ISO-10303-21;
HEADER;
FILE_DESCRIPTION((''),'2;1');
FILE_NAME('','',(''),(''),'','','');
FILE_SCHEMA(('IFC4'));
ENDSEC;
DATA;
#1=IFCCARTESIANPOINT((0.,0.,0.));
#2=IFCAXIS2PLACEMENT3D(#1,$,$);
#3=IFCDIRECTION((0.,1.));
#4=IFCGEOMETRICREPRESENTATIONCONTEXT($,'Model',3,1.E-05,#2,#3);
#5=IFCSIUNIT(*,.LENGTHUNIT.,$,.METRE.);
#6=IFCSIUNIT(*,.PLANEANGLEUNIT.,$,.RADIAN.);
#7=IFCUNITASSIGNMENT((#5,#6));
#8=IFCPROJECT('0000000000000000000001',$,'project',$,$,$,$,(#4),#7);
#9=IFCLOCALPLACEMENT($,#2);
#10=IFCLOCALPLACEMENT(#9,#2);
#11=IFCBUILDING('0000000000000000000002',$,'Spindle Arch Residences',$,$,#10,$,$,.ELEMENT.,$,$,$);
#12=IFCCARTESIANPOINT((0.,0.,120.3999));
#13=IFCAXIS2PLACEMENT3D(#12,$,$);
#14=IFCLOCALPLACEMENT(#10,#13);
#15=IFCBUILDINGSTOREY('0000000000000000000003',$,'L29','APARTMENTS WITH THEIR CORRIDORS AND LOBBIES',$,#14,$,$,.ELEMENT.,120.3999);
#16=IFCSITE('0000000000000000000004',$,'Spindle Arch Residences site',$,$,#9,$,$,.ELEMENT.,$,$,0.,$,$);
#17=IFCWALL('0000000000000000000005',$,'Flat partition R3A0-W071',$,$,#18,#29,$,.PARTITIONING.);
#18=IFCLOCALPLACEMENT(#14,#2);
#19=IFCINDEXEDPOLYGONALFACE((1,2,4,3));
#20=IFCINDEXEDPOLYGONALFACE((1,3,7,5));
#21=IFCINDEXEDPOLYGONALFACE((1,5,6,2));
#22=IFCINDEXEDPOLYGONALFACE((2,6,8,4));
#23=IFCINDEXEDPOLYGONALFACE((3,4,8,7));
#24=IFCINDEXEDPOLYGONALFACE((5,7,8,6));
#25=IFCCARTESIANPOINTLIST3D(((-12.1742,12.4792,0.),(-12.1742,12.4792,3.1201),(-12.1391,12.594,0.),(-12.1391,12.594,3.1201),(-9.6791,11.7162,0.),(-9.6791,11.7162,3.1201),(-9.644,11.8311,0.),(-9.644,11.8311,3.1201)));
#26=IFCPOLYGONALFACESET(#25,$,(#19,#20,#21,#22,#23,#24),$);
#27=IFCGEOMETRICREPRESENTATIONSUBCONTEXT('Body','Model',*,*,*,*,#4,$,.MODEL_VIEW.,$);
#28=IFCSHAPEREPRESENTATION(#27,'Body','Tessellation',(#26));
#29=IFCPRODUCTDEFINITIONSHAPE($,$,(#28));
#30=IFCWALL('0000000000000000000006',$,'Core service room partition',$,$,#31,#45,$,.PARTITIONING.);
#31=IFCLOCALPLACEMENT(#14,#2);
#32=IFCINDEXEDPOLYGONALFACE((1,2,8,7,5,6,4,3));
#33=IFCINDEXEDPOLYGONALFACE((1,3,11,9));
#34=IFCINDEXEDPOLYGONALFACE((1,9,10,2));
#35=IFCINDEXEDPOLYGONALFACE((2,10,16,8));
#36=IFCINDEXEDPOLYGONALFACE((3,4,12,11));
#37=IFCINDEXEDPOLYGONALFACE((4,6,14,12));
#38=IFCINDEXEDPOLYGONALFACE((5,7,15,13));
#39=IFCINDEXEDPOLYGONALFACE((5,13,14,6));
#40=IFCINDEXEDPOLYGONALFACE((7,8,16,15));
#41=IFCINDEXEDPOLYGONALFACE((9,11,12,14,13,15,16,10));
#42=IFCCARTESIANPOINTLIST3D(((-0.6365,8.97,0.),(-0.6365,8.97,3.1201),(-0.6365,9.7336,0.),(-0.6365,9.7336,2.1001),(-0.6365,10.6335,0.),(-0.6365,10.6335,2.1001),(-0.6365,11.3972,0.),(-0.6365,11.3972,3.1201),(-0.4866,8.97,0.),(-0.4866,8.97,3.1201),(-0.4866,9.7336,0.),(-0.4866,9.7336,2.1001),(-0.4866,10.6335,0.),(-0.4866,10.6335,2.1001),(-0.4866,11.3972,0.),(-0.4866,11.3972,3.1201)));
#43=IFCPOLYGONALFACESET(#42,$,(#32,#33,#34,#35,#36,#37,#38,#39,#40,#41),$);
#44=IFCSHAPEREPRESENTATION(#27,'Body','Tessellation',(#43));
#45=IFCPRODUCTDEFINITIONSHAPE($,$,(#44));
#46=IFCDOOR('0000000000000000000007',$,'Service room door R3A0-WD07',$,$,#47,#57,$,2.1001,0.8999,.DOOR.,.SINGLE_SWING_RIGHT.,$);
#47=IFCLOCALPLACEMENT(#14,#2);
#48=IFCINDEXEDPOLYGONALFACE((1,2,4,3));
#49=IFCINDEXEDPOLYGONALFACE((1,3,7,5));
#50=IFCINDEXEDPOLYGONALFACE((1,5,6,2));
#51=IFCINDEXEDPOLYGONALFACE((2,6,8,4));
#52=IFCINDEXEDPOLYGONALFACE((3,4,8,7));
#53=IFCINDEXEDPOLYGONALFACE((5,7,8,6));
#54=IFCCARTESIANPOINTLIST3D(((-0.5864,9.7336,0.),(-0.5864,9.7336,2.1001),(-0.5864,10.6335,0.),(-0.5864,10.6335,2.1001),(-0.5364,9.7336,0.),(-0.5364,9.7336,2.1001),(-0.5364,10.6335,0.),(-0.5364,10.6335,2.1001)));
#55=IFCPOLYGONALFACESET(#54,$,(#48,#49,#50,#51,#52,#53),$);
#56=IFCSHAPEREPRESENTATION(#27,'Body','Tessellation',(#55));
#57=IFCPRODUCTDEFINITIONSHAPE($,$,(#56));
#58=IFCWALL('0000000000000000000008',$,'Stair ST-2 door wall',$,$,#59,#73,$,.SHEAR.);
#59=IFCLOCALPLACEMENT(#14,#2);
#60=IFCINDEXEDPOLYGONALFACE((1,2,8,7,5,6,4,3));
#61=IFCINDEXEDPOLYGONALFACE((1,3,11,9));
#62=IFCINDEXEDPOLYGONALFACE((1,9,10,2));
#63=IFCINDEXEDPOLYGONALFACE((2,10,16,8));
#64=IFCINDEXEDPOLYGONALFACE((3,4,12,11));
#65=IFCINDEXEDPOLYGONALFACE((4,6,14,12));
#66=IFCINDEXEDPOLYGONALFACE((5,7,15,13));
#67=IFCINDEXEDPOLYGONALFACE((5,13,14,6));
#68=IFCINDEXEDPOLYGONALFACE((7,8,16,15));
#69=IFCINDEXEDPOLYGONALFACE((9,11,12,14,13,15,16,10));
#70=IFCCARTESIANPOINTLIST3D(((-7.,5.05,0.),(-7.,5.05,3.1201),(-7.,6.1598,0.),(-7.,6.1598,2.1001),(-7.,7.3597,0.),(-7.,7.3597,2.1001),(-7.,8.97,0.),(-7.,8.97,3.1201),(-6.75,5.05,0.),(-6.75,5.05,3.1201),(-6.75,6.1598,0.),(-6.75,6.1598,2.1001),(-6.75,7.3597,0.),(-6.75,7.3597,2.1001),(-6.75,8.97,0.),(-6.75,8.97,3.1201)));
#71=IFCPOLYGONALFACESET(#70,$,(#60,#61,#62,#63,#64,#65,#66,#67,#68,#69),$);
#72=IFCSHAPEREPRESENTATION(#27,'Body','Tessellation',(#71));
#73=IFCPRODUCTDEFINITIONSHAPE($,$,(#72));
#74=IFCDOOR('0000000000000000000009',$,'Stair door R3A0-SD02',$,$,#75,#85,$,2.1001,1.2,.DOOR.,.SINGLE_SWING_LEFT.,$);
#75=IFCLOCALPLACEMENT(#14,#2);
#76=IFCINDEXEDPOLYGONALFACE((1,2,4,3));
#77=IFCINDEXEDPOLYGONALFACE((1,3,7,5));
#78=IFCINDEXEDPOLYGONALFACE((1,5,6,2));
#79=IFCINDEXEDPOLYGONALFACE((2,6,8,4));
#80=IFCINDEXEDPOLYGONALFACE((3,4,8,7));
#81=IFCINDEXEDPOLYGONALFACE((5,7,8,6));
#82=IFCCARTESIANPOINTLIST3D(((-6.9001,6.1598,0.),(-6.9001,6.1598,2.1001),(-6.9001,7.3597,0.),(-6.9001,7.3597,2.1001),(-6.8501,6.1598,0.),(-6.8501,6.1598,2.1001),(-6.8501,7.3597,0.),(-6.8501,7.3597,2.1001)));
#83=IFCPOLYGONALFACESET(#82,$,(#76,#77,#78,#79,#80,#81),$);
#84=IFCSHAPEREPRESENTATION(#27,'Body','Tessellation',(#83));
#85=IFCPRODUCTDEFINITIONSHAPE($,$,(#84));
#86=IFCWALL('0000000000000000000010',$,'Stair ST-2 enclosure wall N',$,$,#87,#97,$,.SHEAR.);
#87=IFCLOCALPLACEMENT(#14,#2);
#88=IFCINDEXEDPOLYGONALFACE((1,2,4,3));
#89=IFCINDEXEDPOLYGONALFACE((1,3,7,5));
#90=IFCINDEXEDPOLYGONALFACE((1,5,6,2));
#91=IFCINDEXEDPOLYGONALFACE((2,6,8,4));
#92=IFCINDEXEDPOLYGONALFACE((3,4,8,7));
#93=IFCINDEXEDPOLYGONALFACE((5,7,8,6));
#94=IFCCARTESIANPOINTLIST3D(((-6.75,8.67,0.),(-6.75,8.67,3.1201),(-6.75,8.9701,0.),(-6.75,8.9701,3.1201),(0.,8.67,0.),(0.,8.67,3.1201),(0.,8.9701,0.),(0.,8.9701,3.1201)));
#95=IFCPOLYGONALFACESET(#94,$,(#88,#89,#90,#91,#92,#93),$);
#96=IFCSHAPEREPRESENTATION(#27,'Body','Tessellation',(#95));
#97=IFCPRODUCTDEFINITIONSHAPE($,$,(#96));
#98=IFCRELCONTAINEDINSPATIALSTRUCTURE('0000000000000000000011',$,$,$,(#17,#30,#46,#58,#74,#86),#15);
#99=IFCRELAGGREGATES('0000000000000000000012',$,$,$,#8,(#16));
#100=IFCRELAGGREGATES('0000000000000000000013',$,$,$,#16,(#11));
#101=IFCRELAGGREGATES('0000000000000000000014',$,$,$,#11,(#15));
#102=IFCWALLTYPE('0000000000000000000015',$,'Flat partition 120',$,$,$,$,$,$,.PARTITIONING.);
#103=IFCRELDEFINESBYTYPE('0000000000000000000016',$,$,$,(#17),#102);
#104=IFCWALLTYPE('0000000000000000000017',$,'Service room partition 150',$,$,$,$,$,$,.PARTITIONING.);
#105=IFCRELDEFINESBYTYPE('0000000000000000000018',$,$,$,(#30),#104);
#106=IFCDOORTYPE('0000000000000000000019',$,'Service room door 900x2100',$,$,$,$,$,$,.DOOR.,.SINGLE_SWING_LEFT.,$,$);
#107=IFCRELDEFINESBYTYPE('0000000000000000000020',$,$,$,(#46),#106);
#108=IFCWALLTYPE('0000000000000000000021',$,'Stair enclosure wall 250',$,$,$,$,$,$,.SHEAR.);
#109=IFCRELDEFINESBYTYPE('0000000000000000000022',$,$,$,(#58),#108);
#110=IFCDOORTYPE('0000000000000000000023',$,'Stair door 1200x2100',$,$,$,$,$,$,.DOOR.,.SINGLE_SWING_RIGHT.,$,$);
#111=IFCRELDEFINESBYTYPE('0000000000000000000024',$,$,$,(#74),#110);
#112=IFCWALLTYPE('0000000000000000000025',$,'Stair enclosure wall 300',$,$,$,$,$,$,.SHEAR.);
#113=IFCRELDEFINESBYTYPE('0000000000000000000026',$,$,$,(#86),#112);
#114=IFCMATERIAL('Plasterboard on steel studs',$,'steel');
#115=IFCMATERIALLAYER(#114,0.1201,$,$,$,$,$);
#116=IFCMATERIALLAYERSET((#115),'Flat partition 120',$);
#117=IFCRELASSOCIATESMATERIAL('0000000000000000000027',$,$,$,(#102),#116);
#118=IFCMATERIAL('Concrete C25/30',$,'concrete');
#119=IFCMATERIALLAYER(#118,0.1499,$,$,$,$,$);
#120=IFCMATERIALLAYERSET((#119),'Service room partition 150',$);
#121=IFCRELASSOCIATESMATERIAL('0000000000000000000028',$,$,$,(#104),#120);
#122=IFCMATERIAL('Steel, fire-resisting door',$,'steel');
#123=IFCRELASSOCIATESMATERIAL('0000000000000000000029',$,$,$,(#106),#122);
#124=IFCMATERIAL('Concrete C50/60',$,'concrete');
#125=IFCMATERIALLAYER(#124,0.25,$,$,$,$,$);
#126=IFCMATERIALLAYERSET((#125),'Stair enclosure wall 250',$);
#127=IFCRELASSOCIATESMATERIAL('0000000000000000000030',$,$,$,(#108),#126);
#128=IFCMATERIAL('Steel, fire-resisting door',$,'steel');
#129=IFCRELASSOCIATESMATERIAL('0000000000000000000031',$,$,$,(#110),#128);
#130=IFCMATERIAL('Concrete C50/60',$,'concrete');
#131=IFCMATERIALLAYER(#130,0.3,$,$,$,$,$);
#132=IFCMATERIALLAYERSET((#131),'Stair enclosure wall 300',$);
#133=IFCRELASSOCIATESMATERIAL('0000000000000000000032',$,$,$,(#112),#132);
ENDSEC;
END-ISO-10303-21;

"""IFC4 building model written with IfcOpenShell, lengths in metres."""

from ifc_helpers import new_model, si_unit, direction, frame, frame_2d, origin, place, context, subcontext, project, spatial, rectangle, extrude, material, layer, layer_set, type_object, element, fill, save


model = new_model("IFC4")

# Units and contexts
model_context = context("Model", 3, precision=1e-05, world=origin(), true_north=direction((0.0, 1.0)))
body_context = subcontext(model_context, "Body", "Model", "MODEL_VIEW")
ifc_project = project(units=[si_unit("LENGTHUNIT", "METRE"), si_unit("PLANEANGLEUNIT", "RADIAN")], contexts=[model_context])

# Site, building, storey
site_placement = place(None, origin())
site = spatial("IfcSite", under=ifc_project, at=site_placement, Name="Spindle Arch Residences site", CompositionType="ELEMENT", RefElevation=0.0)
building_placement = place(site_placement, origin())
building = spatial("IfcBuilding", under=site, at=building_placement, Name="Spindle Arch Residences", CompositionType="ELEMENT")
storey_placement = place(building_placement, frame((0.0, 0.0, 120.3999)))
storey = spatial("IfcBuildingStorey", under=building, at=storey_placement, Name="L29", Description="APARTMENTS WITH THEIR CORRIDORS AND LOBBIES", CompositionType="ELEMENT", Elevation=120.3999)

# Shared definitions
ifc_material_1 = material(Name="Plasterboard on steel studs", Category="steel")
ifc_layer_1 = layer(ifc_material_1, 0.1201)
ifc_layer_set_1 = layer_set([ifc_layer_1], Name="Flat partition 120")
wall_type_1 = type_object("IfcWallType", Name="Flat partition 120", PredefinedType="PARTITIONING", material=ifc_layer_set_1)

# Wall
wall_1_placement = place(storey_placement, frame((-12.1567, 12.5366, 0.0), z_axis=(0.0, 0.0, 1.0), x_axis=(0.956293, -0.292409, 0.0)))
element("IfcWall", 1, at=wall_1_placement, inside=storey, type_object=wall_type_1, Name="Flat partition R3A0-W071", PredefinedType="PARTITIONING", context=body_context, shape_type="SweptSolid", body=[
    extrude(rectangle(XDim=2.6091, YDim=0.1201, at=frame_2d((1.3047, 0.0))), origin(), (0.0, 0.0, 1.0), 3.1201),
])

# Walls, openings, doors
ifc_material_2 = material(Name="Concrete C25/30", Category="concrete")
ifc_layer_2 = layer(ifc_material_2, 0.1499)
ifc_layer_set_2 = layer_set([ifc_layer_2], Name="Service room partition 150")
wall_type_2 = type_object("IfcWallType", Name="Service room partition 150", PredefinedType="PARTITIONING", material=ifc_layer_set_2)
wall_2_placement = place(storey_placement, frame((-0.5615, 8.97, 0.0), z_axis=(0.0, 0.0, 1.0), x_axis=(0.0, 1.0, 0.0)))
wall_2 = element("IfcWall", 2, at=wall_2_placement, inside=storey, type_object=wall_type_2, Name="Core service room partition", PredefinedType="PARTITIONING", context=body_context, shape_type="SweptSolid", body=[
    extrude(rectangle(XDim=2.4272, YDim=0.1499, at=frame_2d((1.2136, 0.0))), origin(), (0.0, 0.0, 1.0), 3.1201),
])
opening_1_placement = place(wall_2_placement, frame((0.7637, 0.0, 0.0)))
opening_1 = element("IfcOpeningElement", 3, at=opening_1_placement, cuts=wall_2, PredefinedType="OPENING", context=body_context, shape_type="SweptSolid", body=[
    extrude(rectangle(XDim=0.8999, YDim=2.1001, at=frame_2d((0.45, 1.05))), frame((0.0, 0.085, 0.0), z_axis=(0.0, -1.0, 0.0), x_axis=(1.0, 0.0, 0.0)), (0.0, 0.0, 1.0), 0.1699),
])
ifc_material_3 = material(Name="Steel, fire-resisting door", Category="steel")
door_type_1 = type_object("IfcDoorType", Name="Service room door 900x2100", OperationType="SINGLE_SWING_LEFT", PredefinedType="DOOR", material=ifc_material_3)
door_1_placement = place(opening_1_placement, origin())
door_1 = element("IfcDoor", 4, at=door_1_placement, inside=storey, type_object=door_type_1, Name="Service room door R3A0-WD07", OperationType="SINGLE_SWING_RIGHT", OverallHeight=2.1001, OverallWidth=0.8999, PredefinedType="DOOR", context=body_context, shape_type="SweptSolid", body=[
    extrude(rectangle(XDim=0.8999, YDim=2.1001, at=frame_2d((0.45, 1.05))), frame((0.0, 0.0249, 0.0), z_axis=(0.0, -1.0, 0.0), x_axis=(1.0, 0.0, 0.0)), (0.0, 0.0, 1.0), 0.05),
])
fill(opening_1, door_1)
ifc_material_4 = material(Name="Concrete C50/60", Category="concrete")
ifc_layer_3 = layer(ifc_material_4, 0.25)
ifc_layer_set_3 = layer_set([ifc_layer_3], Name="Stair enclosure wall 250")
wall_type_3 = type_object("IfcWallType", Name="Stair enclosure wall 250", PredefinedType="SHEAR", material=ifc_layer_set_3)
wall_3_placement = place(storey_placement, frame((-6.875, 8.97, 0.0), z_axis=(0.0, 0.0, 1.0), x_axis=(0.0, -1.0, 0.0)))
wall_3 = element("IfcWall", 5, at=wall_3_placement, inside=storey, type_object=wall_type_3, Name="Stair ST-2 door wall", PredefinedType="SHEAR", context=body_context, shape_type="SweptSolid", body=[
    extrude(rectangle(XDim=3.9199, YDim=0.25, at=frame_2d((1.96, 0.0))), origin(), (0.0, 0.0, 1.0), 3.1201),
])
opening_2_placement = place(wall_3_placement, frame((1.6101, 0.0, 0.0)))
opening_2 = element("IfcOpeningElement", 6, at=opening_2_placement, cuts=wall_3, PredefinedType="OPENING", context=body_context, shape_type="SweptSolid", body=[
    extrude(rectangle(XDim=1.2, YDim=2.1001, at=frame_2d((0.6001, 1.05))), frame((0.0, 0.135, 0.0), z_axis=(0.0, -1.0, 0.0), x_axis=(1.0, 0.0, 0.0)), (0.0, 0.0, 1.0), 0.27),
])
ifc_material_5 = material(Name="Steel, fire-resisting door", Category="steel")
door_type_2 = type_object("IfcDoorType", Name="Stair door 1200x2100", OperationType="SINGLE_SWING_RIGHT", PredefinedType="DOOR", material=ifc_material_5)
door_2_placement = place(opening_2_placement, origin())
door_2 = element("IfcDoor", 7, at=door_2_placement, inside=storey, type_object=door_type_2, Name="Stair door R3A0-SD02", OperationType="SINGLE_SWING_LEFT", OverallHeight=2.1001, OverallWidth=1.2, PredefinedType="DOOR", context=body_context, shape_type="SweptSolid", body=[
    extrude(rectangle(XDim=1.2, YDim=2.1001, at=frame_2d((0.6001, 1.05))), frame((0.0, 0.0249, 0.0), z_axis=(0.0, -1.0, 0.0), x_axis=(1.0, 0.0, 0.0)), (0.0, 0.0, 1.0), 0.05),
])
fill(opening_2, door_2)

# Wall
ifc_material_6 = material(Name="Concrete C50/60", Category="concrete")
ifc_layer_4 = layer(ifc_material_6, 0.3)
ifc_layer_set_4 = layer_set([ifc_layer_4], Name="Stair enclosure wall 300")
wall_type_4 = type_object("IfcWallType", Name="Stair enclosure wall 300", PredefinedType="SHEAR", material=ifc_layer_set_4)
wall_4_placement = place(storey_placement, frame((-6.75, 8.8201, 0.0), z_axis=(0.0, 0.0, 1.0), x_axis=(1.0, 0.0, 0.0)))
element("IfcWall", 8, at=wall_4_placement, inside=storey, type_object=wall_type_4, Name="Stair ST-2 enclosure wall N", PredefinedType="SHEAR", context=body_context, shape_type="SweptSolid", body=[
    extrude(rectangle(XDim=6.75, YDim=0.3, at=frame_2d((3.375, 0.0))), origin(), (0.0, 0.0, 1.0), 3.1201),
])

save(model, "model.ifc")
